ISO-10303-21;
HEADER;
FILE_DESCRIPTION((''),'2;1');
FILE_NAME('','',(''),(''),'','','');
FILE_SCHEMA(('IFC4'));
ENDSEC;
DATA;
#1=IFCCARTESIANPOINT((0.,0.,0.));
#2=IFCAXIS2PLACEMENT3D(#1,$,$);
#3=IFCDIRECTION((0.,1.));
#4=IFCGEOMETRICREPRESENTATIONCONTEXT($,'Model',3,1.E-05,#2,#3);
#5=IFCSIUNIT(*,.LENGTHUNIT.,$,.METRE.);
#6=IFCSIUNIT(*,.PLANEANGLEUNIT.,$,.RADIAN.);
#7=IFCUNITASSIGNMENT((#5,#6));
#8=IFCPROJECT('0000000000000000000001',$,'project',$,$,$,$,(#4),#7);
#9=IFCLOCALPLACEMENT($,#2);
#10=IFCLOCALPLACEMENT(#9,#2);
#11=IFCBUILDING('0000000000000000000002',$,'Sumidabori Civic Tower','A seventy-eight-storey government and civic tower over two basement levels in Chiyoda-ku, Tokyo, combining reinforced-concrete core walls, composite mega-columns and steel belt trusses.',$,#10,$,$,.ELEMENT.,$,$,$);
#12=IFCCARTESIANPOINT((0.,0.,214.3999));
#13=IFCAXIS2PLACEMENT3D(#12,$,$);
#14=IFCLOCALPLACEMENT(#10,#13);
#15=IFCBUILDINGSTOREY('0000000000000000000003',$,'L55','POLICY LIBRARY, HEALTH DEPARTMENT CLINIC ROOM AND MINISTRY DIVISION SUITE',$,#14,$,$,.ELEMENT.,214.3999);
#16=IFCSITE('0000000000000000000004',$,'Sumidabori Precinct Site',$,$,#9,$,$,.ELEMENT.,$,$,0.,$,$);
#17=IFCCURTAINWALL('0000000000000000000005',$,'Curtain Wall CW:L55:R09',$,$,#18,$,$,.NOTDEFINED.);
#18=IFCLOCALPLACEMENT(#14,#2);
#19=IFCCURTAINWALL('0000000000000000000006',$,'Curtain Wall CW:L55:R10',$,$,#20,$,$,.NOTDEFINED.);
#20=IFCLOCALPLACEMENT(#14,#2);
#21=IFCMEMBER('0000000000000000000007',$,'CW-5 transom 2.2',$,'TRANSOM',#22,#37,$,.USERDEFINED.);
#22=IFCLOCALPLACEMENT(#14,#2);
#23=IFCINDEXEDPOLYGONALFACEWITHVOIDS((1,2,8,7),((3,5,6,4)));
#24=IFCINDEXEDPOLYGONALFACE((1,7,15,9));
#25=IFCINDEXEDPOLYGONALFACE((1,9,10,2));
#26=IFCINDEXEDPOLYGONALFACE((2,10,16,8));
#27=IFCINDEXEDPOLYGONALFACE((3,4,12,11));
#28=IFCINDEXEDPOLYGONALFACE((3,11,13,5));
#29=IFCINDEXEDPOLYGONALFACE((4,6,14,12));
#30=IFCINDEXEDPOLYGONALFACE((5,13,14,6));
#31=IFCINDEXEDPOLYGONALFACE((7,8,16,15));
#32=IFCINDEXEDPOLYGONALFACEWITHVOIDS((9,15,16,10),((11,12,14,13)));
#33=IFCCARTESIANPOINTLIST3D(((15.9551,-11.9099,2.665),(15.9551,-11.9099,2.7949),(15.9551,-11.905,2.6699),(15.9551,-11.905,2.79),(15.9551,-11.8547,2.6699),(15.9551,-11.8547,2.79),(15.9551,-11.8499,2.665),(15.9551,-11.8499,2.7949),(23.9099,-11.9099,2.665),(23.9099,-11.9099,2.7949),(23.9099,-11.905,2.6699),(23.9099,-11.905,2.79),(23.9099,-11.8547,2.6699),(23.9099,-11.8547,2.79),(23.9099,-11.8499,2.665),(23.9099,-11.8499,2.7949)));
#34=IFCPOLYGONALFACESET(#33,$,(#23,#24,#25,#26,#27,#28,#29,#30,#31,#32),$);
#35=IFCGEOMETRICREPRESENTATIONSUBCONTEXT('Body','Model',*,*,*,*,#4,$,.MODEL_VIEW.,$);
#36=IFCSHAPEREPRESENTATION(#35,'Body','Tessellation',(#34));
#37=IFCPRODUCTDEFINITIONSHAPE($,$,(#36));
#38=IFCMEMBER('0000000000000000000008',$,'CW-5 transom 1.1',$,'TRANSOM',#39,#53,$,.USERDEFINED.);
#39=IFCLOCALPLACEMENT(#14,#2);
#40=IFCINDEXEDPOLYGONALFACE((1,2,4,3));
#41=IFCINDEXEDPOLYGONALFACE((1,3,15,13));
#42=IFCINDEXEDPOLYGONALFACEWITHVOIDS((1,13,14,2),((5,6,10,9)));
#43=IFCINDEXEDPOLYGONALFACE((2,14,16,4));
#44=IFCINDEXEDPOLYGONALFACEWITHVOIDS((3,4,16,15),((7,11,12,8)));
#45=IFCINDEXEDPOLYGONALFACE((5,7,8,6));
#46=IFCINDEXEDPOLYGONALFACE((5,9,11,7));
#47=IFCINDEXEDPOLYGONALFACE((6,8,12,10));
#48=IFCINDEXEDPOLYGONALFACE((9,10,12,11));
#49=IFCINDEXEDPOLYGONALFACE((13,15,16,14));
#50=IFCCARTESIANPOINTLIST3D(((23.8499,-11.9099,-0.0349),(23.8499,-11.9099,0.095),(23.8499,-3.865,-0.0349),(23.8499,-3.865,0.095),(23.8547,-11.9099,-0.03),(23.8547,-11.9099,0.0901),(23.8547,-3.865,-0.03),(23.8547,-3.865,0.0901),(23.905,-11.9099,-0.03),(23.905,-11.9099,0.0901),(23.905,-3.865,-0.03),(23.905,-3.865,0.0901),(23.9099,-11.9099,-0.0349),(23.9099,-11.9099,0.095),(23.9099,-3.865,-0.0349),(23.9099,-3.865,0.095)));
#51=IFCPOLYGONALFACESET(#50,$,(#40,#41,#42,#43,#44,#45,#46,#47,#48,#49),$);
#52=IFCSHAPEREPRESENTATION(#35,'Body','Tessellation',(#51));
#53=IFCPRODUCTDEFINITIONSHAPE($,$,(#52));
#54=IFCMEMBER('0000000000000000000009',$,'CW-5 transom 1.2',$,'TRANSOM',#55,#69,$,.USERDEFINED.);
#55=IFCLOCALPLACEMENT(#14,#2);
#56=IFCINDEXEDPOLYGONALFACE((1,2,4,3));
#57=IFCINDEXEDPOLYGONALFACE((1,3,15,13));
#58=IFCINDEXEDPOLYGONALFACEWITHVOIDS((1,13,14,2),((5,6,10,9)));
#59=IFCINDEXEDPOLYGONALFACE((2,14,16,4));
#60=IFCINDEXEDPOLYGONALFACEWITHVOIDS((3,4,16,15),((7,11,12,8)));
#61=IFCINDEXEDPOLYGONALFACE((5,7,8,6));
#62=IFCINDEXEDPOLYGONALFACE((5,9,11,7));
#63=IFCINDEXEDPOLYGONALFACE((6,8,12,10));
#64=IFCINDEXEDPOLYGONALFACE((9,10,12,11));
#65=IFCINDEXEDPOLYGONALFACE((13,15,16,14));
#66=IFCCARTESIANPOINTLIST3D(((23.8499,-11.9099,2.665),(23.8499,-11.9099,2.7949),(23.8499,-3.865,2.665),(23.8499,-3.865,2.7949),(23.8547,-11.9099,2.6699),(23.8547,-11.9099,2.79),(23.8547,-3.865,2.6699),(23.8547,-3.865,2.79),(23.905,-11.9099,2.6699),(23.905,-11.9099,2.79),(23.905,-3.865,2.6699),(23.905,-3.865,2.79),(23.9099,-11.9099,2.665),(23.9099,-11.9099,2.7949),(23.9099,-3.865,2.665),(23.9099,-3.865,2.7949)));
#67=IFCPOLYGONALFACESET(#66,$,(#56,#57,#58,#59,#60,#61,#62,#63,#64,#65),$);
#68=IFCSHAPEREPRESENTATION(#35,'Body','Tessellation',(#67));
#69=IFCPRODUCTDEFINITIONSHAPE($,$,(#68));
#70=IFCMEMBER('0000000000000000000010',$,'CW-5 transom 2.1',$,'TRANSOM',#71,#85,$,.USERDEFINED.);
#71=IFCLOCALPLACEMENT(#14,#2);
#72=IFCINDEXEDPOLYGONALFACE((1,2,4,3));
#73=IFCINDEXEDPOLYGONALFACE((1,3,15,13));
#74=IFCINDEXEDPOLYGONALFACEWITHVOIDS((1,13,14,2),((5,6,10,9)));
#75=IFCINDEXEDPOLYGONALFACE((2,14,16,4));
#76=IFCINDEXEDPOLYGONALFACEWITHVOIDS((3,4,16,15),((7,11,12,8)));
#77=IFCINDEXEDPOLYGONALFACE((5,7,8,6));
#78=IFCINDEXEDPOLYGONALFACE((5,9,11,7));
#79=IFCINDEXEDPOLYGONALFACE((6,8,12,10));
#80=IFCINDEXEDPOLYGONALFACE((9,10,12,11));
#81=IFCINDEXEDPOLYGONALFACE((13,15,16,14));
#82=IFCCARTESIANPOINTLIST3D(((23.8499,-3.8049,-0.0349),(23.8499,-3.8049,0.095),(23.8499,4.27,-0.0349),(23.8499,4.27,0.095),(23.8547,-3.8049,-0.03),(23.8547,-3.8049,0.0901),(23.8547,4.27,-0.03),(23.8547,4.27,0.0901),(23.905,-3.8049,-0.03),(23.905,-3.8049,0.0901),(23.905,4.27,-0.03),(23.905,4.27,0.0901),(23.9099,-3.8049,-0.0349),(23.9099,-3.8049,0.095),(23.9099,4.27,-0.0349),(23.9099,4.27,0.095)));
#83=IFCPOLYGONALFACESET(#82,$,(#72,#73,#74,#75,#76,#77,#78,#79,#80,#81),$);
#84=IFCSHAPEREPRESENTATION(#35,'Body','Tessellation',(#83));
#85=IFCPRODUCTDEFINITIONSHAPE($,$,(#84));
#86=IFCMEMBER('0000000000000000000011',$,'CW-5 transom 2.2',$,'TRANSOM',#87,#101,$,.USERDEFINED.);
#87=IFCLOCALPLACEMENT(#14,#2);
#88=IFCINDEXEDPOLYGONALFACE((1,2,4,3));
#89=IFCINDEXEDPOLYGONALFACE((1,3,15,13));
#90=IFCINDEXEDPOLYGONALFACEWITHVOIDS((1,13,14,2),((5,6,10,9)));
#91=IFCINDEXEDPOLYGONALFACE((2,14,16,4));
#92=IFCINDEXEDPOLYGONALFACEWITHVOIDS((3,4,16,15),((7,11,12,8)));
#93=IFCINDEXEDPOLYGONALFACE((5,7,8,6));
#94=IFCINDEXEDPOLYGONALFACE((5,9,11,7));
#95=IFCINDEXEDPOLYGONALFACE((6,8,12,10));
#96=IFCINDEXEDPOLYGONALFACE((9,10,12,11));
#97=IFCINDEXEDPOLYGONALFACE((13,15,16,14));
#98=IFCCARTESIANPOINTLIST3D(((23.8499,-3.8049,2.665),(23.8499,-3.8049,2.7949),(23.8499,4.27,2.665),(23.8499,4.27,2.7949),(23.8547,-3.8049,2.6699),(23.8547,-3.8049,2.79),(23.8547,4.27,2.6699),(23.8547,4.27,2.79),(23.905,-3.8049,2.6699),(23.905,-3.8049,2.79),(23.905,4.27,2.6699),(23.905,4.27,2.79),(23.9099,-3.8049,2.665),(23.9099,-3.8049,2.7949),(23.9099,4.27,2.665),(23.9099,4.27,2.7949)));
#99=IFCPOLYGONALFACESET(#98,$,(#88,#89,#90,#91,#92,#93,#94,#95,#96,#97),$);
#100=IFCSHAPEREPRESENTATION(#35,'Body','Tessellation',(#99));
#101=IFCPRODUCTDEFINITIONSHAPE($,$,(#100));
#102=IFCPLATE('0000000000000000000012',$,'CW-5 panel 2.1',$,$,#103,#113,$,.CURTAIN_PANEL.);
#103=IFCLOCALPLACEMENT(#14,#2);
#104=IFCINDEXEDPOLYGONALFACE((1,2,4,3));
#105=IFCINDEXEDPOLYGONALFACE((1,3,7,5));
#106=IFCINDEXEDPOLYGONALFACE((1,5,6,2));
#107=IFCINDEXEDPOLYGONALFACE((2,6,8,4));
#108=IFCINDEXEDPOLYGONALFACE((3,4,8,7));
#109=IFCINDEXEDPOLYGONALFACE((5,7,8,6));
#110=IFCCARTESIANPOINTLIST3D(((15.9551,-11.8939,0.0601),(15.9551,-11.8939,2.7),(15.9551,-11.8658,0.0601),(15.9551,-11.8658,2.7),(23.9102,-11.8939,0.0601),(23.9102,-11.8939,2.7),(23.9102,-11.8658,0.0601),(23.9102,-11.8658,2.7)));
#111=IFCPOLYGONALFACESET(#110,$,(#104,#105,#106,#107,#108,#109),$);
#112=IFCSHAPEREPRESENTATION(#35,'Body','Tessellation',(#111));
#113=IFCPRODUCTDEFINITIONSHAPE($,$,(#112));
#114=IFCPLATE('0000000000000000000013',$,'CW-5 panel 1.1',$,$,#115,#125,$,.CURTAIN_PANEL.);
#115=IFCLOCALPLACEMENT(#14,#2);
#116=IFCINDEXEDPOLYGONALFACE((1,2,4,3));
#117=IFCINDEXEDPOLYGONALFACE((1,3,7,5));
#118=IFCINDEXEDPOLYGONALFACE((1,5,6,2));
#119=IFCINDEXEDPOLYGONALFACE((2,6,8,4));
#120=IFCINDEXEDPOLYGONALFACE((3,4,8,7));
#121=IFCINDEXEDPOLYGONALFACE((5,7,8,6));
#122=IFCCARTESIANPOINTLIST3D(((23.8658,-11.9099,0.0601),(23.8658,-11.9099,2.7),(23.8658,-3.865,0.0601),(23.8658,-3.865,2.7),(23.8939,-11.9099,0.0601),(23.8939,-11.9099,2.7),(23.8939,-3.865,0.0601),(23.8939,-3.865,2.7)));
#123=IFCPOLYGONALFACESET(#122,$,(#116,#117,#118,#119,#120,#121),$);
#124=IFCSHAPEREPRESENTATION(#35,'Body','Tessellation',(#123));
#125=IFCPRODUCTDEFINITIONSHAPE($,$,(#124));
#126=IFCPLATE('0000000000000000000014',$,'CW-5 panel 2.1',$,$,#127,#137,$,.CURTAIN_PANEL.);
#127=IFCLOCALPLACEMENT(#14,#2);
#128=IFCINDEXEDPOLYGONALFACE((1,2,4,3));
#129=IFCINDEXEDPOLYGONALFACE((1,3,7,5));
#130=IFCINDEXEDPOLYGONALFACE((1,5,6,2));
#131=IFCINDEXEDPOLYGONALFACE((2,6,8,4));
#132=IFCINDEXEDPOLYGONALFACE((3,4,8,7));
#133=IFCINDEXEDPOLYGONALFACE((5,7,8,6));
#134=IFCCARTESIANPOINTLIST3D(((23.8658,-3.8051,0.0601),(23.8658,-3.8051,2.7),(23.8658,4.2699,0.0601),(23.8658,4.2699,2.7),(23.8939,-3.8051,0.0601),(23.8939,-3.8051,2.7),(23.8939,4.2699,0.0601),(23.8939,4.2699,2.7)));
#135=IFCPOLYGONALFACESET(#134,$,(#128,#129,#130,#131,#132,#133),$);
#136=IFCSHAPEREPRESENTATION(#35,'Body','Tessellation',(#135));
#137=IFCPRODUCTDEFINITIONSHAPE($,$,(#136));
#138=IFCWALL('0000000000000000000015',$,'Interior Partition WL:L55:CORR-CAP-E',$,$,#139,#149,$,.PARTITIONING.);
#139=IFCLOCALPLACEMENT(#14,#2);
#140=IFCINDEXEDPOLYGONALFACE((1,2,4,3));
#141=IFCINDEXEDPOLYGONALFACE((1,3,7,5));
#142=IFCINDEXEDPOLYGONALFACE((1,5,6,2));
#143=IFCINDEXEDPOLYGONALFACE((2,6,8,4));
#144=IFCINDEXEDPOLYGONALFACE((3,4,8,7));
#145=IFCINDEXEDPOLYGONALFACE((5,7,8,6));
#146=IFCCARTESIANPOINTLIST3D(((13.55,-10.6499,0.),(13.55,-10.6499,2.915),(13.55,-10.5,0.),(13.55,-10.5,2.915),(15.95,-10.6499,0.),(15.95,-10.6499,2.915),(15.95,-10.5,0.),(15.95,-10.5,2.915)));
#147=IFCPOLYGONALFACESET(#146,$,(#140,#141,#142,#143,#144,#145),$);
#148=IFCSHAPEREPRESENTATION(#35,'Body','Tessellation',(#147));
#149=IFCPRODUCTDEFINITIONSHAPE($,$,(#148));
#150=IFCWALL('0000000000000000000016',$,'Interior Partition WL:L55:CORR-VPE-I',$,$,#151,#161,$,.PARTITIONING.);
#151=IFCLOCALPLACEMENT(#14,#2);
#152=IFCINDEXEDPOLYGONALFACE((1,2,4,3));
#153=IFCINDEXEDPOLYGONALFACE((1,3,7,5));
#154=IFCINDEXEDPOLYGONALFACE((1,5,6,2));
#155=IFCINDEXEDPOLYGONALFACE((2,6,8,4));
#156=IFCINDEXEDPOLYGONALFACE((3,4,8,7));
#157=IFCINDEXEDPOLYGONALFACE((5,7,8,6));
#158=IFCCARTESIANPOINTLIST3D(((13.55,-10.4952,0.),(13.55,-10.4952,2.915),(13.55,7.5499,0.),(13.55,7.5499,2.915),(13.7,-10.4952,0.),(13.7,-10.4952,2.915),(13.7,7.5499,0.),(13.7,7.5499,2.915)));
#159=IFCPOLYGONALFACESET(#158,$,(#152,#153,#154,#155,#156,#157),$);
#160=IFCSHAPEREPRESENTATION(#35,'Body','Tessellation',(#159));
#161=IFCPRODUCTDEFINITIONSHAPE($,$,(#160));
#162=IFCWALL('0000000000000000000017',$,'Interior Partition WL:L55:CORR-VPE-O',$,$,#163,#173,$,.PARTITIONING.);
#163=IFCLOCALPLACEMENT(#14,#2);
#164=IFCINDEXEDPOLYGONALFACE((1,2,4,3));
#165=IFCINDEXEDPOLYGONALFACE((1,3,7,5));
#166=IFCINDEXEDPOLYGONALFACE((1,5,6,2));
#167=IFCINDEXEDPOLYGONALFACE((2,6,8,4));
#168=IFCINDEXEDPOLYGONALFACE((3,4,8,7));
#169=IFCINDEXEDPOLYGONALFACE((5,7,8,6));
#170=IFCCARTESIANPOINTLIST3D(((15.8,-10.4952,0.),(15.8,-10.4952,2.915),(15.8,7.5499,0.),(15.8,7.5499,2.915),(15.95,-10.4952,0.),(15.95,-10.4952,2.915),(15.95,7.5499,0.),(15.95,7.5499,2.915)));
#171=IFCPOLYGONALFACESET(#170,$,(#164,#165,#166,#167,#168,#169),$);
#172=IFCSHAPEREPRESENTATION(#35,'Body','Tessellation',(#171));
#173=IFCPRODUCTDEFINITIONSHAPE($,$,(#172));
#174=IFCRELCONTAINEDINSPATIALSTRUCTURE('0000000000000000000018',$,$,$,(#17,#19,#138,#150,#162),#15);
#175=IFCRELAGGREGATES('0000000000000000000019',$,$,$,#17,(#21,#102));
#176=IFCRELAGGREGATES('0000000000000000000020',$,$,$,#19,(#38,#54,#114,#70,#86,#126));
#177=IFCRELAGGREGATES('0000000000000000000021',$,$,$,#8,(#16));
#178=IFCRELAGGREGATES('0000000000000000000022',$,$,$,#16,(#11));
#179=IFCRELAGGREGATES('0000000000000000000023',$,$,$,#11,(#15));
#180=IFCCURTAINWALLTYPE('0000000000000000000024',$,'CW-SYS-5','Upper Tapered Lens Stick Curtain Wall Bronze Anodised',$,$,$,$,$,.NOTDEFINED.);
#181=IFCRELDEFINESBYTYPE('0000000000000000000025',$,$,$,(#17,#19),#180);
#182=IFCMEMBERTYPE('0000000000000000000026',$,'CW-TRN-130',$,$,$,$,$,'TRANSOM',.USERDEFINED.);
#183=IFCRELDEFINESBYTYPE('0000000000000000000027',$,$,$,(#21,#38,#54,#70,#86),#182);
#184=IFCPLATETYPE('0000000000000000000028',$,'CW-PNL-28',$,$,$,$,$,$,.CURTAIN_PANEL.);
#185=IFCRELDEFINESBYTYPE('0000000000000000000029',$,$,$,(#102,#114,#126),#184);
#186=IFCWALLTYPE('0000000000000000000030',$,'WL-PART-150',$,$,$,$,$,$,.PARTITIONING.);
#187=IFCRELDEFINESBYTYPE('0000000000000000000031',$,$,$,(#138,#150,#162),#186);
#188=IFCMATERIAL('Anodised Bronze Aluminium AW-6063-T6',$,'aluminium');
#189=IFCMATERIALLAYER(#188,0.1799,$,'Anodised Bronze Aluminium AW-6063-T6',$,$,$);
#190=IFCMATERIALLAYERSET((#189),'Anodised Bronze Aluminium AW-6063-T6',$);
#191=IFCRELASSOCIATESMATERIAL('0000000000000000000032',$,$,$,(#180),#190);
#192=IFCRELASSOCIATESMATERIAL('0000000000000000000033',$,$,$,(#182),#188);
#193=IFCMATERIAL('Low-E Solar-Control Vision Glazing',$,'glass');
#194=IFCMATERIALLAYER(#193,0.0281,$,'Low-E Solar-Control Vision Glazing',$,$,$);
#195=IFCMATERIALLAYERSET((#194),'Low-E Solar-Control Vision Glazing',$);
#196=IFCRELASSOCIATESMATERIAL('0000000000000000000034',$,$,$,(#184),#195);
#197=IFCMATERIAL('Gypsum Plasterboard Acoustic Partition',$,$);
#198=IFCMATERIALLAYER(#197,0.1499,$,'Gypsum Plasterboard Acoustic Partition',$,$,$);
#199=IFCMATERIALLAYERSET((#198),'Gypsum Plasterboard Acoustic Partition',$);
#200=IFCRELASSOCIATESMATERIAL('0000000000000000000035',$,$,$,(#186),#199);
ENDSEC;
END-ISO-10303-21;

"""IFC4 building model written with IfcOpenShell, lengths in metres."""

from ifc_helpers import new_model, si_unit, direction, frame, frame_2d, origin, origin_2d, place, context, subcontext, project, spatial, rectangle, hollow_rectangle, extrude, source, transform, mapped, material, layer, layer_set, material_profile, profile_set, type_object, element, aggregate, save


model = new_model("IFC4")

# Units and contexts
model_context = context("Model", 3, precision=1e-05, world=origin(), true_north=direction((0.0, 1.0)))
body_context = subcontext(model_context, "Body", "Model", "MODEL_VIEW")
ifc_project = project(units=[si_unit("LENGTHUNIT", "METRE"), si_unit("PLANEANGLEUNIT", "RADIAN")], contexts=[model_context])

# Site, building, storey
site_placement = place(None, origin())
site = spatial("IfcSite", under=ifc_project, at=site_placement, Name="Sumidabori Precinct Site", CompositionType="ELEMENT", RefElevation=0.0)
building_placement = place(site_placement, origin())
building = spatial("IfcBuilding", under=site, at=building_placement, Name="Sumidabori Civic Tower", Description="A seventy-eight-storey government and civic tower over two basement levels in Chiyoda-ku, Tokyo, combining reinforced-concrete core walls, composite mega-columns and steel belt trusses.", CompositionType="ELEMENT")
storey_placement = place(building_placement, frame((0.0, 0.0, 214.3999)))
storey = spatial("IfcBuildingStorey", under=building, at=storey_placement, Name="L55", Description="POLICY LIBRARY, HEALTH DEPARTMENT CLINIC ROOM AND MINISTRY DIVISION SUITE", CompositionType="ELEMENT", Elevation=214.3999)

# Curtain walls
ifc_material_1 = material(Name="Anodised Bronze Aluminium AW-6063-T6", Category="aluminium")
ifc_layer_1 = layer(ifc_material_1, 0.1799, Name="Anodised Bronze Aluminium AW-6063-T6")
ifc_layer_set_1 = layer_set([ifc_layer_1], Name="Anodised Bronze Aluminium AW-6063-T6")
curtain_wall_type = type_object("IfcCurtainWallType", Name="CW-SYS-5", Description="Upper Tapered Lens Stick Curtain Wall Bronze Anodised", PredefinedType="NOTDEFINED", material=ifc_layer_set_1)
curtain_wall_1_placement = place(storey_placement, origin())
curtain_wall_1 = element("IfcCurtainWall", 1, at=curtain_wall_1_placement, inside=storey, type_object=curtain_wall_type, Name="Curtain Wall CW:L55:R09", PredefinedType="NOTDEFINED")
curtain_wall_2_placement = place(storey_placement, origin())
curtain_wall_2 = element("IfcCurtainWall", 2, at=curtain_wall_2_placement, inside=storey, type_object=curtain_wall_type, Name="Curtain Wall CW:L55:R10", PredefinedType="NOTDEFINED")

# Members
ifc_material_profile_1 = material_profile(ifc_material_1, hollow_rectangle(XDim=0.0601, YDim=0.1299, WallThickness=0.0049, at=origin_2d()), Name="ALU TRANSOM 130x60")
ifc_profile_set_1 = profile_set([ifc_material_profile_1], Name="Anodised Bronze Aluminium AW-6063-T6")
member_type_1 = type_object("IfcMemberType", Name="CW-TRN-130", ElementType="TRANSOM", PredefinedType="USERDEFINED", material=ifc_profile_set_1)
shared_shape_1 = source(origin(), body_context, "Body", "SweptSolid", [
    extrude(hollow_rectangle(XDim=0.0601, YDim=0.1299, WallThickness=0.0049, at=origin_2d()), origin(), (0.0, 0.0, 1.0), 7.9548),
])
member_1_placement = place(storey_placement, frame((15.9551, -11.8799, 2.73), z_axis=(1.0, 0.0, 0.0), x_axis=(0.0, 1.0, 0.0)))
member_1 = element("IfcMember", 3, at=member_1_placement, type_object=member_type_1, Name="CW-5 transom 2.2", ObjectType="TRANSOM", PredefinedType="USERDEFINED", context=body_context, shape_type="MappedRepresentation", body=[
    mapped(shared_shape_1, transform((0.0, 0.0, 0.0), x_axis=(1.0, 0.0, 0.0), y_axis=(0.0, 1.0, 0.0), z_axis=(0.0, 0.0, 1.0), scale=1.0)),
])
shared_shape_2 = source(origin(), body_context, "Body", "SweptSolid", [
    extrude(hollow_rectangle(XDim=0.0601, YDim=0.1299, WallThickness=0.0049, at=origin_2d()), origin(), (0.0, 0.0, 1.0), 8.0449),
])
member_2_placement = place(storey_placement, frame((23.8799, -11.9099, 0.03), z_axis=(0.0, 1.0, 0.0), x_axis=(-1.0, 0.0, 0.0)))
member_2 = element("IfcMember", 4, at=member_2_placement, type_object=member_type_1, Name="CW-5 transom 1.1", ObjectType="TRANSOM", PredefinedType="USERDEFINED", context=body_context, shape_type="MappedRepresentation", body=[
    mapped(shared_shape_2, transform((0.0, 0.0, 0.0), x_axis=(1.0, 0.0, 0.0), y_axis=(0.0, 1.0, 0.0), z_axis=(0.0, 0.0, 1.0), scale=1.0)),
])
member_3_placement = place(storey_placement, frame((23.8799, -11.9099, 2.73), z_axis=(0.0, 1.0, 0.0), x_axis=(-1.0, 0.0, 0.0)))
member_3 = element("IfcMember", 5, at=member_3_placement, type_object=member_type_1, Name="CW-5 transom 1.2", ObjectType="TRANSOM", PredefinedType="USERDEFINED", context=body_context, shape_type="MappedRepresentation", body=[
    mapped(shared_shape_2, transform((0.0, 0.0, 0.0), x_axis=(1.0, 0.0, 0.0), y_axis=(0.0, 1.0, 0.0), z_axis=(0.0, 0.0, 1.0), scale=1.0)),
])
shared_shape_3 = source(origin(), body_context, "Body", "SweptSolid", [
    extrude(hollow_rectangle(XDim=0.0601, YDim=0.1299, WallThickness=0.0049, at=origin_2d()), origin(), (0.0, 0.0, 1.0), 8.075),
])
member_4_placement = place(storey_placement, frame((23.8799, -3.8049, 0.03), z_axis=(0.0, 1.0, 0.0), x_axis=(-1.0, 0.0, 0.0)))
member_4 = element("IfcMember", 6, at=member_4_placement, type_object=member_type_1, Name="CW-5 transom 2.1", ObjectType="TRANSOM", PredefinedType="USERDEFINED", context=body_context, shape_type="MappedRepresentation", body=[
    mapped(shared_shape_3, transform((0.0, 0.0, 0.0), x_axis=(1.0, 0.0, 0.0), y_axis=(0.0, 1.0, 0.0), z_axis=(0.0, 0.0, 1.0), scale=1.0)),
])
member_5_placement = place(storey_placement, frame((23.8799, -3.8049, 2.73), z_axis=(0.0, 1.0, 0.0), x_axis=(-1.0, 0.0, 0.0)))
member_5 = element("IfcMember", 7, at=member_5_placement, type_object=member_type_1, Name="CW-5 transom 2.2", ObjectType="TRANSOM", PredefinedType="USERDEFINED", context=body_context, shape_type="MappedRepresentation", body=[
    mapped(shared_shape_3, transform((0.0, 0.0, 0.0), x_axis=(1.0, 0.0, 0.0), y_axis=(0.0, 1.0, 0.0), z_axis=(0.0, 0.0, 1.0), scale=1.0)),
])

# Plates
ifc_material_2 = material(Name="Low-E Solar-Control Vision Glazing", Category="glass")
ifc_layer_2 = layer(ifc_material_2, 0.0281, Name="Low-E Solar-Control Vision Glazing")
ifc_layer_set_2 = layer_set([ifc_layer_2], Name="Low-E Solar-Control Vision Glazing")
plate_type = type_object("IfcPlateType", Name="CW-PNL-28", PredefinedType="CURTAIN_PANEL", material=ifc_layer_set_2)
shared_shape_4 = source(origin(), body_context, "Body", "SweptSolid", [
    extrude(rectangle(XDim=7.9551, YDim=0.0281, at=origin_2d()), origin(), (0.0, 0.0, 1.0), 2.6399),
])
plate_1_placement = place(storey_placement, frame((19.9326, -11.8799, 0.0601), z_axis=(0.0, 0.0, 1.0), x_axis=(1.0, 0.0, 0.0)))
plate_1 = element("IfcPlate", 8, at=plate_1_placement, type_object=plate_type, Name="CW-5 panel 2.1", PredefinedType="CURTAIN_PANEL", context=body_context, shape_type="MappedRepresentation", body=[
    mapped(shared_shape_4, transform((0.0, 0.0, 0.0), x_axis=(1.0, 0.0, 0.0), y_axis=(0.0, 1.0, 0.0), z_axis=(0.0, 0.0, 1.0), scale=1.0)),
])
aggregate(curtain_wall_1, [member_1, plate_1])
shared_shape_5 = source(origin(), body_context, "Body", "SweptSolid", [
    extrude(rectangle(XDim=8.0449, YDim=0.0281, at=origin_2d()), origin(), (0.0, 0.0, 1.0), 2.6399),
])
plate_2_placement = place(storey_placement, frame((23.8799, -7.8875, 0.0601), z_axis=(0.0, 0.0, 1.0), x_axis=(0.0, 1.0, 0.0)))
plate_2 = element("IfcPlate", 9, at=plate_2_placement, type_object=plate_type, Name="CW-5 panel 1.1", PredefinedType="CURTAIN_PANEL", context=body_context, shape_type="MappedRepresentation", body=[
    mapped(shared_shape_5, transform((0.0, 0.0, 0.0), x_axis=(1.0, 0.0, 0.0), y_axis=(0.0, 1.0, 0.0), z_axis=(0.0, 0.0, 1.0), scale=1.0)),
])
shared_shape_6 = source(origin(), body_context, "Body", "SweptSolid", [
    extrude(rectangle(XDim=8.075, YDim=0.0281, at=origin_2d()), origin(), (0.0, 0.0, 1.0), 2.6399),
])
plate_3_placement = place(storey_placement, frame((23.8799, 0.2324, 0.0601), z_axis=(0.0, 0.0, 1.0), x_axis=(0.0, 1.0, 0.0)))
plate_3 = element("IfcPlate", 10, at=plate_3_placement, type_object=plate_type, Name="CW-5 panel 2.1", PredefinedType="CURTAIN_PANEL", context=body_context, shape_type="MappedRepresentation", body=[
    mapped(shared_shape_6, transform((0.0, 0.0, 0.0), x_axis=(1.0, 0.0, 0.0), y_axis=(0.0, 1.0, 0.0), z_axis=(0.0, 0.0, 1.0), scale=1.0)),
])
aggregate(curtain_wall_2, [member_2, member_3, plate_2, member_4, member_5, plate_3])

# Walls
ifc_material_3 = material(Name="Gypsum Plasterboard Acoustic Partition")
ifc_layer_3 = layer(ifc_material_3, 0.1499, Name="Gypsum Plasterboard Acoustic Partition")
ifc_layer_set_3 = layer_set([ifc_layer_3], Name="Gypsum Plasterboard Acoustic Partition")
wall_type = type_object("IfcWallType", Name="WL-PART-150", PredefinedType="PARTITIONING", material=ifc_layer_set_3)
shared_shape_7 = source(origin(), body_context, "Body", "SweptSolid", [
    extrude(rectangle(XDim=2.3999, YDim=0.1499, at=frame_2d((1.2, 0.0))), origin(), (0.0, 0.0, 1.0), 2.915),
])
wall_placement = place(storey_placement, frame((13.55, -10.575, 0.0), z_axis=(0.0, 0.0, 1.0), x_axis=(1.0, 0.0, 0.0)))
element("IfcWall", 11, at=wall_placement, inside=storey, type_object=wall_type, Name="Interior Partition WL:L55:CORR-CAP-E", PredefinedType="PARTITIONING", context=body_context, shape_type="MappedRepresentation", body=[
    mapped(shared_shape_7, transform((0.0, 0.0, 0.0), x_axis=(1.0, 0.0, 0.0), y_axis=(0.0, 1.0, 0.0), z_axis=(0.0, 0.0, 1.0), scale=1.0)),
])
shared_shape_8 = source(origin(), body_context, "Body", "SweptSolid", [
    extrude(rectangle(XDim=18.0452, YDim=0.1499, at=frame_2d((9.0225, 0.0))), origin(), (0.0, 0.0, 1.0), 2.915),
])
for number, where, z_axis, x_axis, name in (
    (12, (13.625, -10.4951, 0.0), (0.0, 0.0, 1.0), (0.0, 1.0, 0.0), "Interior Partition WL:L55:CORR-VPE-I"),
    (13, (15.875, -10.4951, 0.0), (0.0, 0.0, 1.0), (0.0, 1.0, 0.0), "Interior Partition WL:L55:CORR-VPE-O"),
):
    element("IfcWall", number, at=place(storey_placement, frame(where, z_axis=z_axis, x_axis=x_axis)), inside=storey, type_object=wall_type, Name=name, PredefinedType="PARTITIONING", context=body_context, shape_type="MappedRepresentation", body=[
        mapped(shared_shape_8, transform((0.0, 0.0, 0.0), x_axis=(1.0, 0.0, 0.0), y_axis=(0.0, 1.0, 0.0), z_axis=(0.0, 0.0, 1.0), scale=1.0)),
    ])

save(model, "model.ifc")
